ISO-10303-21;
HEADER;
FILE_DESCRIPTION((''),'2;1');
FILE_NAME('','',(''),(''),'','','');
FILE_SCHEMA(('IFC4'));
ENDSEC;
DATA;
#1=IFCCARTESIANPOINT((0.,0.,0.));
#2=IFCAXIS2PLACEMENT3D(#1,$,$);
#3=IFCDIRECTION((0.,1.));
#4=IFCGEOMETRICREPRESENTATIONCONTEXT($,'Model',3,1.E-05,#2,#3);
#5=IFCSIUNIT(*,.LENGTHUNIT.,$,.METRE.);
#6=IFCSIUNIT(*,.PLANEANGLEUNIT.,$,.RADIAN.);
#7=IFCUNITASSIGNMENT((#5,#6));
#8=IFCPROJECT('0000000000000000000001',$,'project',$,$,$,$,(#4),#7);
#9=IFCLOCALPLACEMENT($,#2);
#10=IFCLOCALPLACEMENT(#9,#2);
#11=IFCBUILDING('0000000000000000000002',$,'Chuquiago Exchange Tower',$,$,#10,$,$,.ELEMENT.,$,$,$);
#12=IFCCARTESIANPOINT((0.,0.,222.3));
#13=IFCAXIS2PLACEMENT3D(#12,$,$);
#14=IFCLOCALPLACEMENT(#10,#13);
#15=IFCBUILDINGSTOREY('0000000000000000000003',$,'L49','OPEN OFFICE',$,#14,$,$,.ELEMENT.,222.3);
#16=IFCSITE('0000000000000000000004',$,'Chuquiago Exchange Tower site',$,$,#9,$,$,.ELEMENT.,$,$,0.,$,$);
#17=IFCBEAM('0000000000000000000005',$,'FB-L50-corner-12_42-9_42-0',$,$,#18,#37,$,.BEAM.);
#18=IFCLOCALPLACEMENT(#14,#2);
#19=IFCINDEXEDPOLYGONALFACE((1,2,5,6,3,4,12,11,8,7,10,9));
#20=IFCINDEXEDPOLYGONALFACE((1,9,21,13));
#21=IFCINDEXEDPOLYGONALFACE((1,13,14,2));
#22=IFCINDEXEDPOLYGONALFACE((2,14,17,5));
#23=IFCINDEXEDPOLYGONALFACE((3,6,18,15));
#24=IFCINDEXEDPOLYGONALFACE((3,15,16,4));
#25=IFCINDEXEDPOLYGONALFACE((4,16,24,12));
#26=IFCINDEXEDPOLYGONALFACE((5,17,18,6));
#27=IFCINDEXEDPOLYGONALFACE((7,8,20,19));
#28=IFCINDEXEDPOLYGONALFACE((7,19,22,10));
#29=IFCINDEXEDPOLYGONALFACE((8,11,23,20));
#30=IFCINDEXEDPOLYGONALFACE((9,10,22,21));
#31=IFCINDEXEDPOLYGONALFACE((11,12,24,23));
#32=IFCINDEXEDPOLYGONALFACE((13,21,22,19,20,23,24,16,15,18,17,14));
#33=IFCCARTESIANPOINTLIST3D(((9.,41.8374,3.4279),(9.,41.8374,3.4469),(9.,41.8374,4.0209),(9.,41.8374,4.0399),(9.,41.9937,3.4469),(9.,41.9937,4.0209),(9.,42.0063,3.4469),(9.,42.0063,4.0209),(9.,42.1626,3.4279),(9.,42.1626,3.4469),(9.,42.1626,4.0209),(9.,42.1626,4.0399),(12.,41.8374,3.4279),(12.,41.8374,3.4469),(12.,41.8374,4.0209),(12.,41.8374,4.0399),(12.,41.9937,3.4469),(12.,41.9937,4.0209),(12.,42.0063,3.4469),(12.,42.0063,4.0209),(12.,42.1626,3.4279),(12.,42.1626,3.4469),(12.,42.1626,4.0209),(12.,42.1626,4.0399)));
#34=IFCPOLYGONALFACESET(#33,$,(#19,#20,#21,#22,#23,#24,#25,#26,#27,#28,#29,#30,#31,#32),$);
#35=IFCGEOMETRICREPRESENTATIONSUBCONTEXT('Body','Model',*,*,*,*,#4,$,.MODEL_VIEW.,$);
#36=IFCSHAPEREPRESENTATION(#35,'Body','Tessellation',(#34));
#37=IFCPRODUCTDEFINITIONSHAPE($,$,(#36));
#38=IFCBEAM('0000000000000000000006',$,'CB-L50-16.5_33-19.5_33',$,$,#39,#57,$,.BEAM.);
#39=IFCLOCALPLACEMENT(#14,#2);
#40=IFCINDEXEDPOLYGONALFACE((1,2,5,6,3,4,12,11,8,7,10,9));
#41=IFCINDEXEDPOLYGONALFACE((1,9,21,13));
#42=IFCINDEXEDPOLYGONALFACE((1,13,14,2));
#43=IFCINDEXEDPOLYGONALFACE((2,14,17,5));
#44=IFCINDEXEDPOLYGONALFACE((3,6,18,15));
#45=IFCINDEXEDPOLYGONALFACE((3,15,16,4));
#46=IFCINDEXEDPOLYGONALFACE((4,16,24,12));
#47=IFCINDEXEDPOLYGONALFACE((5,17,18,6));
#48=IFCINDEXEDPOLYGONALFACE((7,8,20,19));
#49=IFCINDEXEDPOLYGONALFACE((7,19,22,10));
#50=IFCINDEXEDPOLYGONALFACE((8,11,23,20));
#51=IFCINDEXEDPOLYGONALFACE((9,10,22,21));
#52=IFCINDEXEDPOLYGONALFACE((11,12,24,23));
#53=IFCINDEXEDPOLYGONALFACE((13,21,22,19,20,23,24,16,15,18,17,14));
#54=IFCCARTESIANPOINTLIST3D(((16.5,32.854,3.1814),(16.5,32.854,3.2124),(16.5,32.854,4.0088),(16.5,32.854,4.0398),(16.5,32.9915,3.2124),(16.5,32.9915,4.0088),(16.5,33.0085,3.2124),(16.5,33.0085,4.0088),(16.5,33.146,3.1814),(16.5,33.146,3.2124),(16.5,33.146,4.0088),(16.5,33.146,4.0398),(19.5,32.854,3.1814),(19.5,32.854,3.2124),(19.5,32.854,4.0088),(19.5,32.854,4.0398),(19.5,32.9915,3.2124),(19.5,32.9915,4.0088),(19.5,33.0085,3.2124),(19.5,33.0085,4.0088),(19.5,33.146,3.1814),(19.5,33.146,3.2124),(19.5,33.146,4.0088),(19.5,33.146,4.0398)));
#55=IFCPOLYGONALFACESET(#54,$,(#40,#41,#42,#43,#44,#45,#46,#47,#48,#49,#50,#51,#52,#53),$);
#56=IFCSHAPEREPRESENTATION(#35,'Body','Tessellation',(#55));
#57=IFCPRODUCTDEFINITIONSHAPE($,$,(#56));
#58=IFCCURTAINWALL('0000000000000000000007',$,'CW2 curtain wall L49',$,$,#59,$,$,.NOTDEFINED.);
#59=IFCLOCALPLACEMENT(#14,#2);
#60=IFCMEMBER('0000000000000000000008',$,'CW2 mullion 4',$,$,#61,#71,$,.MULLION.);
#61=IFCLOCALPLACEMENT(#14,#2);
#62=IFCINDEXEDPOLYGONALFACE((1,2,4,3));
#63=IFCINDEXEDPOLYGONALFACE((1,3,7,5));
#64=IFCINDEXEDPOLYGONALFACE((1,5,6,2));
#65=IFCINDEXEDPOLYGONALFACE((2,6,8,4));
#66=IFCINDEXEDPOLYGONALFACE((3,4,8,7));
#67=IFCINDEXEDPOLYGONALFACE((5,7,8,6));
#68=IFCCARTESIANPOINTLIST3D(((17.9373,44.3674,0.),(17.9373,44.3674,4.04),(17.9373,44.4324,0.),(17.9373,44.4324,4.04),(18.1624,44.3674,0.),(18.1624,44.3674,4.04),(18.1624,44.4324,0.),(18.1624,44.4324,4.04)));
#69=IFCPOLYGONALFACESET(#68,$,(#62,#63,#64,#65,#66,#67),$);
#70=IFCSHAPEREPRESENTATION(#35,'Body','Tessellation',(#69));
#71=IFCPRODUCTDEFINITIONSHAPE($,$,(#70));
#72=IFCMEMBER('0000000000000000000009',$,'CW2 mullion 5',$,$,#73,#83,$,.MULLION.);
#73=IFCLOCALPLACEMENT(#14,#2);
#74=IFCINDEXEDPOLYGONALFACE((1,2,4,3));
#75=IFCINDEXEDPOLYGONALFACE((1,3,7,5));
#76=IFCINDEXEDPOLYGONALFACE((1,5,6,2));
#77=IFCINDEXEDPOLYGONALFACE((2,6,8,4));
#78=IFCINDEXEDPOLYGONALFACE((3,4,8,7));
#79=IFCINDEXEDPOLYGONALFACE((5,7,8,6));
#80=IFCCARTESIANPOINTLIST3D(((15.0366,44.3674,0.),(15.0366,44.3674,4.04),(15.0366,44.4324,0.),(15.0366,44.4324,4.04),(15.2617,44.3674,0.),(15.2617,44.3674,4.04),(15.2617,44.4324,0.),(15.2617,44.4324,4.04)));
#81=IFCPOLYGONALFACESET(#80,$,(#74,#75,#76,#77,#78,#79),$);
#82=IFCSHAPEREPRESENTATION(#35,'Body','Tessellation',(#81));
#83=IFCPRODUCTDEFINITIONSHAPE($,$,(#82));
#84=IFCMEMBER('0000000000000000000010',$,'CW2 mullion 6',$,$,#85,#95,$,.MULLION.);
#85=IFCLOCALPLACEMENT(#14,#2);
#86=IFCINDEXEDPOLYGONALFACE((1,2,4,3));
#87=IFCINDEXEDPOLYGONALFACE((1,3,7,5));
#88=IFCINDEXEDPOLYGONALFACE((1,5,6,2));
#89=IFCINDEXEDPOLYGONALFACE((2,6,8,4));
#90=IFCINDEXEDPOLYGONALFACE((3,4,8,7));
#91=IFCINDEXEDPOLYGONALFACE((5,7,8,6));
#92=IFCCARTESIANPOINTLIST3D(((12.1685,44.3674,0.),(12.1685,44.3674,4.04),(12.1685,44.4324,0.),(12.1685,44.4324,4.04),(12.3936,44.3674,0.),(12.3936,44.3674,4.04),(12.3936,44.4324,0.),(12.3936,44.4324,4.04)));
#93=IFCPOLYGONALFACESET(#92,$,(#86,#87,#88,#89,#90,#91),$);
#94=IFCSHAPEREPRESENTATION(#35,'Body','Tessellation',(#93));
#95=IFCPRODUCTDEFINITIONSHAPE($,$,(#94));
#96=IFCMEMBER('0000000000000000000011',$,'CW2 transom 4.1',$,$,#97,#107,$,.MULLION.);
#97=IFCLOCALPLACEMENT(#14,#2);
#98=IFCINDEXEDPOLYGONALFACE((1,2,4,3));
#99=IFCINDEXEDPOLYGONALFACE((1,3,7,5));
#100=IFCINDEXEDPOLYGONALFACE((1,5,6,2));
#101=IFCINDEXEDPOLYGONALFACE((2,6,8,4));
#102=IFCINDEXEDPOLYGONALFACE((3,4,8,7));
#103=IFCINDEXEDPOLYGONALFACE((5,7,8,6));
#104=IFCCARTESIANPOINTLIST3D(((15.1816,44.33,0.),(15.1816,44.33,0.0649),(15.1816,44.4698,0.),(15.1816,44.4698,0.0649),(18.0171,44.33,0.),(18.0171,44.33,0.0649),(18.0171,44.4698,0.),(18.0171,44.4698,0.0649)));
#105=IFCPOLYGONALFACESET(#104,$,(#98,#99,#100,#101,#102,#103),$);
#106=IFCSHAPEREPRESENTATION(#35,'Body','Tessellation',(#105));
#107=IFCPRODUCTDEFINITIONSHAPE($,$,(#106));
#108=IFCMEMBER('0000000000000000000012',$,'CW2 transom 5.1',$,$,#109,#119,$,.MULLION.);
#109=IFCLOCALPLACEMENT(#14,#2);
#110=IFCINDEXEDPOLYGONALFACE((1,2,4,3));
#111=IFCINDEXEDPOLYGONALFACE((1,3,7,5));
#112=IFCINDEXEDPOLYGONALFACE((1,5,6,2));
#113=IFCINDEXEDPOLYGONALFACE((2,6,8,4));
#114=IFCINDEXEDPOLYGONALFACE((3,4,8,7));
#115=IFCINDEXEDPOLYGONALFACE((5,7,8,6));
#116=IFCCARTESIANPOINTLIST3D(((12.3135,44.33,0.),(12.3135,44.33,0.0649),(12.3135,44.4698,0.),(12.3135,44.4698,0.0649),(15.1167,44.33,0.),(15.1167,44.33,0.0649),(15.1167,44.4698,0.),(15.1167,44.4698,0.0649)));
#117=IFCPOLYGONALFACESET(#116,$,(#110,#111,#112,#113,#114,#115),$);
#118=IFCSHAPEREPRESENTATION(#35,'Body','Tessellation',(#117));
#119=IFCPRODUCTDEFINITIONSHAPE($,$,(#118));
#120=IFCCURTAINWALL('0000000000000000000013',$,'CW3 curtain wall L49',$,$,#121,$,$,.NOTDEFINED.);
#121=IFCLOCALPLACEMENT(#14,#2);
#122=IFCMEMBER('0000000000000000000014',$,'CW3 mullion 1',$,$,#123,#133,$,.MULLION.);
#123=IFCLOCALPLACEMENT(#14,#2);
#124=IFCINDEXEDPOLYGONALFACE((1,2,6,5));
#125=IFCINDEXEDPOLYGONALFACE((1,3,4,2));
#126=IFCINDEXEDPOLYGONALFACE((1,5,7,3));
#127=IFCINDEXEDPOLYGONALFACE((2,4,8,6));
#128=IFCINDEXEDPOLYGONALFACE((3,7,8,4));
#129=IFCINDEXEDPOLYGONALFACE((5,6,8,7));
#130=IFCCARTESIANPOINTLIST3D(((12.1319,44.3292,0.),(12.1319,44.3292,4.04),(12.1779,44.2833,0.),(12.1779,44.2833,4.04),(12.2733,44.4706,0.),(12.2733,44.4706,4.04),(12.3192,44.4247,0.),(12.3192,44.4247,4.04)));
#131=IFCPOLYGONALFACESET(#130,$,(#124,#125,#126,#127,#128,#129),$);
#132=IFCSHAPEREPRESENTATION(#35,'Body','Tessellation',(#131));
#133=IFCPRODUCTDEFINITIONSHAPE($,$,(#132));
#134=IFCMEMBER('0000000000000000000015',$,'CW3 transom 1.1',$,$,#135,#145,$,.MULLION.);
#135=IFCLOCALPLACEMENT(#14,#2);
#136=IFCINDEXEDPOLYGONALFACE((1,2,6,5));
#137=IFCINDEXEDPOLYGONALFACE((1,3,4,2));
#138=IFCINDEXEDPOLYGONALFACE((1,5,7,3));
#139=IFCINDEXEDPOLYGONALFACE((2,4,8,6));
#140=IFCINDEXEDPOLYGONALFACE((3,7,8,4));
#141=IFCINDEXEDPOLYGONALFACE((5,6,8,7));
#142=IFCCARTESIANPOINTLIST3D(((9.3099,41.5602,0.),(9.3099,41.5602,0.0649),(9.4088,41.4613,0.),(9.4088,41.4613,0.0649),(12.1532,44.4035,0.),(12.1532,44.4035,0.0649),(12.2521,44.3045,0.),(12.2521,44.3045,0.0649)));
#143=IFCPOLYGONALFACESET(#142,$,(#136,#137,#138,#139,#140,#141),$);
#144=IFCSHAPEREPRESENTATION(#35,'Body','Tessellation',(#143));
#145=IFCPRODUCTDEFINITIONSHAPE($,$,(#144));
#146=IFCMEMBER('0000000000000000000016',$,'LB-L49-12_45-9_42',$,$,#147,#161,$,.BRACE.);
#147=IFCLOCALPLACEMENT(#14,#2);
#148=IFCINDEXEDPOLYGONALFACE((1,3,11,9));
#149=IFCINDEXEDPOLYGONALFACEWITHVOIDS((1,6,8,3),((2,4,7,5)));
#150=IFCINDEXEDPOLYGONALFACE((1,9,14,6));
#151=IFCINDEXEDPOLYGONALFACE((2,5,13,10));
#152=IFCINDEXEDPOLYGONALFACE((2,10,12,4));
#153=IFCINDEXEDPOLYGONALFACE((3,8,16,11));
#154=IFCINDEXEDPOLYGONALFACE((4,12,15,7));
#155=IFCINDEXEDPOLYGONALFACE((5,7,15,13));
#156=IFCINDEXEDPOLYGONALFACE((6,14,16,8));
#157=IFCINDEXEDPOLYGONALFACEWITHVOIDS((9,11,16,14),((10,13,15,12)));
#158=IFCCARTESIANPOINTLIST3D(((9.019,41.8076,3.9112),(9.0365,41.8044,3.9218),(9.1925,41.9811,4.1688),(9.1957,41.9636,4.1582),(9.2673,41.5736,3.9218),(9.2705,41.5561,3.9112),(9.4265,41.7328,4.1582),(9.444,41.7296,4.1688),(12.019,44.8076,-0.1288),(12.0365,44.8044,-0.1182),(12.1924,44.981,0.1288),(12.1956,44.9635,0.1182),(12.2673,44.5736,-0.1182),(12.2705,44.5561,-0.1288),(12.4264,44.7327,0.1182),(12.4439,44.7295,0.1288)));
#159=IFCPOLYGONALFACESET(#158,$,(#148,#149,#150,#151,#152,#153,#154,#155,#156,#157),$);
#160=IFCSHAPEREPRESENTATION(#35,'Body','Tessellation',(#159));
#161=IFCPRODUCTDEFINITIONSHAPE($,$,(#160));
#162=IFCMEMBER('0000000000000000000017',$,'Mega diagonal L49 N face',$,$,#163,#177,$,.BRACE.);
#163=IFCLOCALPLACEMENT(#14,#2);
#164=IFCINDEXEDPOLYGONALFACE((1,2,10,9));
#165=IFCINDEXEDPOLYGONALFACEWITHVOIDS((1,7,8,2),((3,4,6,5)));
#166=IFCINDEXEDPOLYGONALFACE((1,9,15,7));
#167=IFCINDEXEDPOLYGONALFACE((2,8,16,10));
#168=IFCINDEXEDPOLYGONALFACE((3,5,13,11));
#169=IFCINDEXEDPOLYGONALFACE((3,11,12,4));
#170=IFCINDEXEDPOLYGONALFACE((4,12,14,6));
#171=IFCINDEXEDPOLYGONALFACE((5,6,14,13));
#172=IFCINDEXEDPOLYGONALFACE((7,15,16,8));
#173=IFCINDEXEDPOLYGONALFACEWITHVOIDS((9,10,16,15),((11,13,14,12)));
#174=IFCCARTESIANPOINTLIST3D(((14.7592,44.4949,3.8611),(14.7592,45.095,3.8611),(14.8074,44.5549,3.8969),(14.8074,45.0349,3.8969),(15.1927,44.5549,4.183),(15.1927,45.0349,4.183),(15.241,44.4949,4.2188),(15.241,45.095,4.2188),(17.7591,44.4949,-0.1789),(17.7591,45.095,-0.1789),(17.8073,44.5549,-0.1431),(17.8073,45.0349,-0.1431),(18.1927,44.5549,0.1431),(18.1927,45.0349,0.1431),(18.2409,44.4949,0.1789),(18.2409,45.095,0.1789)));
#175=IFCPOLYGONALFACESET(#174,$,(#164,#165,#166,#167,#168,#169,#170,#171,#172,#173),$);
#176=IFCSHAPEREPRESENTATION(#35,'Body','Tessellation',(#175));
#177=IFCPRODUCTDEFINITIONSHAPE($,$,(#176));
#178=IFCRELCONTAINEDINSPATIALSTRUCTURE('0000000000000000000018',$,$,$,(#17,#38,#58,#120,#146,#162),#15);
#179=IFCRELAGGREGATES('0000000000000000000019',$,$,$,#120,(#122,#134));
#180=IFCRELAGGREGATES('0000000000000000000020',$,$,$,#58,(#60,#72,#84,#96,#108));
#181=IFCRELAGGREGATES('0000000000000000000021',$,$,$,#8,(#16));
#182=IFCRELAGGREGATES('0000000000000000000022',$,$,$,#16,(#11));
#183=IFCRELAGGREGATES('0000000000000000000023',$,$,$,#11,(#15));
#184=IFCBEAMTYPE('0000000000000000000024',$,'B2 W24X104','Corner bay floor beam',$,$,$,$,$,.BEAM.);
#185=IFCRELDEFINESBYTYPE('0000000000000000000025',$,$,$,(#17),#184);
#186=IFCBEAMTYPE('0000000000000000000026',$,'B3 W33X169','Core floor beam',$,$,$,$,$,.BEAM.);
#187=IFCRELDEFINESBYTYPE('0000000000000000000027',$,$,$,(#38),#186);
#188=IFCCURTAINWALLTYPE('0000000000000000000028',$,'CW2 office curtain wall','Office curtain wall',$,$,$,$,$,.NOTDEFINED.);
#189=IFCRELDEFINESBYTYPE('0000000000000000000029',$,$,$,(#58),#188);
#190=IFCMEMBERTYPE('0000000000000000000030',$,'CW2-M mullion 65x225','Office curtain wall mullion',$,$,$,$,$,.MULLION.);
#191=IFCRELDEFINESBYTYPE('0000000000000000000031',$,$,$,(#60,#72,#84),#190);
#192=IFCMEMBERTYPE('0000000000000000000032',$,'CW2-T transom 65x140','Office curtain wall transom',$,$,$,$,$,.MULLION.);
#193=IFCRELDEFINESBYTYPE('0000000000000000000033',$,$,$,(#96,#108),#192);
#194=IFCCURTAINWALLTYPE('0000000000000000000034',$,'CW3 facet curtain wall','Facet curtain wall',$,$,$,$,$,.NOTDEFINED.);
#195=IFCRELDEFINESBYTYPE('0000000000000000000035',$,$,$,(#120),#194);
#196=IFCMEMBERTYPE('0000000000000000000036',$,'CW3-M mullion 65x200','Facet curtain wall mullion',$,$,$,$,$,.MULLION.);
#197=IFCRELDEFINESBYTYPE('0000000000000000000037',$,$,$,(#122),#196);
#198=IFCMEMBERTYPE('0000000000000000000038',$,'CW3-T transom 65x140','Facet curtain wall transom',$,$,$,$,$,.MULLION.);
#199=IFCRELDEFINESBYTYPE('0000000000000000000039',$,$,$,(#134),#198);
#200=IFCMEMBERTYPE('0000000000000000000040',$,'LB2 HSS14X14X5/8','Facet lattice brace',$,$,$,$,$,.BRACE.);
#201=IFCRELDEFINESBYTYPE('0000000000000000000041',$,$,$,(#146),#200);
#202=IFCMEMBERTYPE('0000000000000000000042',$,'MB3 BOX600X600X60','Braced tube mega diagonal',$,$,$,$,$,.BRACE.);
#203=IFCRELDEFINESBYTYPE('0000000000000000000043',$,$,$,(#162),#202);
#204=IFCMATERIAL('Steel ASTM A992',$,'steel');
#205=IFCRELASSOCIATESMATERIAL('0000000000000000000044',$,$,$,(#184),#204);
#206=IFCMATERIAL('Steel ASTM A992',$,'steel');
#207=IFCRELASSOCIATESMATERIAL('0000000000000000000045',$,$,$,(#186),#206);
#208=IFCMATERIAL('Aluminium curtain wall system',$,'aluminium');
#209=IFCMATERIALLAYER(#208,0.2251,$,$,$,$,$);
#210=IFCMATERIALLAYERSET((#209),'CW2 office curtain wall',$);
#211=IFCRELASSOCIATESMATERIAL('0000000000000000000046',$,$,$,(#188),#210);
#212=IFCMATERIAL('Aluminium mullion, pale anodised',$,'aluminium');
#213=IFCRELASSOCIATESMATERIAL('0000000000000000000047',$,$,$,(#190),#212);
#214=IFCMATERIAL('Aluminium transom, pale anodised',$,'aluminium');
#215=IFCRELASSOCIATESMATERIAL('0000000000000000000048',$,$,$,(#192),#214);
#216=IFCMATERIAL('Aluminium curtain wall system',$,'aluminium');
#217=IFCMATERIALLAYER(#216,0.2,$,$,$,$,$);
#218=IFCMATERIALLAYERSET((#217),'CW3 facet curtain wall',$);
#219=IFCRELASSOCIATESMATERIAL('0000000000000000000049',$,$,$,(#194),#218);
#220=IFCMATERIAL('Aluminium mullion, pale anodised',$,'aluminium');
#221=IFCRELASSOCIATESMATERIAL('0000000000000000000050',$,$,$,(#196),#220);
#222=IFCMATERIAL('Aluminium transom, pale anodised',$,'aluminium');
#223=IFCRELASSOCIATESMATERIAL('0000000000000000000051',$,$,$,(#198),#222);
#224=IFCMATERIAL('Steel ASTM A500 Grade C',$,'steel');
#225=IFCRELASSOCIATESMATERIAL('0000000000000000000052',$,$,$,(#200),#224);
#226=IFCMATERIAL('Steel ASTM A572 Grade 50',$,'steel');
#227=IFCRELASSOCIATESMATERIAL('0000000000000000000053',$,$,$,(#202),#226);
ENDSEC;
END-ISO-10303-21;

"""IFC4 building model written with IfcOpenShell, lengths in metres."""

from ifc_helpers import new_model, si_unit, direction, frame, origin, origin_2d, place, context, subcontext, project, spatial, rectangle, hollow_rectangle, i_section, extrude, material, layer, layer_set, material_profile, profile_set, type_object, element, aggregate, save


model = new_model("IFC4")

# Units and contexts
model_context = context("Model", 3, precision=1e-05, world=origin(), true_north=direction((0.0, 1.0)))
body_context = subcontext(model_context, "Body", "Model", "MODEL_VIEW")
ifc_project = project(units=[si_unit("LENGTHUNIT", "METRE"), si_unit("PLANEANGLEUNIT", "RADIAN")], contexts=[model_context])

# Site, building, storey
site_placement = place(None, origin())
site = spatial("IfcSite", under=ifc_project, at=site_placement, Name="Chuquiago Exchange Tower site", CompositionType="ELEMENT", RefElevation=0.0)
building_placement = place(site_placement, origin())
building = spatial("IfcBuilding", under=site, at=building_placement, Name="Chuquiago Exchange Tower", CompositionType="ELEMENT")
storey_placement = place(building_placement, frame((0.0, 0.0, 222.3)))
storey = spatial("IfcBuildingStorey", under=building, at=storey_placement, Name="L49", Description="OPEN OFFICE", CompositionType="ELEMENT", Elevation=222.3)

# Beams
ifc_material_1 = material(Name="Steel ASTM A992", Category="steel")
ifc_material_profile_1 = material_profile(ifc_material_1, i_section(OverallWidth=0.3252, OverallDepth=0.6121, WebThickness=0.0127, FlangeThickness=0.019, at=origin_2d()), Name="W24X104")
ifc_profile_set_1 = profile_set([ifc_material_profile_1], Name="Steel ASTM A992")
beam_type_1 = type_object("IfcBeamType", Name="B2 W24X104", Description="Corner bay floor beam", PredefinedType="BEAM", material=ifc_profile_set_1)
beam_1_placement = place(storey_placement, frame((12.0, 42.0, 3.7339), z_axis=(-1.0, 0.0, 0.0), x_axis=(0.0, -1.0, 0.0)))
element("IfcBeam", 1, at=beam_1_placement, inside=storey, type_object=beam_type_1, Name="FB-L50-corner-12_42-9_42-0", PredefinedType="BEAM", context=body_context, shape_type="SweptSolid", body=[
    extrude(i_section(OverallWidth=0.3252, OverallDepth=0.6121, WebThickness=0.0127, FlangeThickness=0.019, at=origin_2d()), origin(), (0.0, 0.0, 1.0), 3.0),
])
ifc_material_2 = material(Name="Steel ASTM A992", Category="steel")
ifc_material_profile_2 = material_profile(ifc_material_2, i_section(OverallWidth=0.292, OverallDepth=0.8584, WebThickness=0.0171, FlangeThickness=0.031, at=origin_2d()), Name="W33X169")
ifc_profile_set_2 = profile_set([ifc_material_profile_2], Name="Steel ASTM A992")
beam_type_2 = type_object("IfcBeamType", Name="B3 W33X169", Description="Core floor beam", PredefinedType="BEAM", material=ifc_profile_set_2)
beam_2_placement = place(storey_placement, frame((16.5, 33.0, 3.6106), z_axis=(1.0, 0.0, 0.0), x_axis=(0.0, 1.0, 0.0)))
element("IfcBeam", 2, at=beam_2_placement, inside=storey, type_object=beam_type_2, Name="CB-L50-16.5_33-19.5_33", PredefinedType="BEAM", context=body_context, shape_type="SweptSolid", body=[
    extrude(i_section(OverallWidth=0.292, OverallDepth=0.8584, WebThickness=0.0171, FlangeThickness=0.031, at=origin_2d()), origin(), (0.0, 0.0, 1.0), 3.0),
])

# Curtain walls, members
ifc_material_3 = material(Name="Aluminium curtain wall system", Category="aluminium")
ifc_layer_1 = layer(ifc_material_3, 0.2251)
ifc_layer_set_1 = layer_set([ifc_layer_1], Name="CW2 office curtain wall")
curtain_wall_type_1 = type_object("IfcCurtainWallType", Name="CW2 office curtain wall", Description="Office curtain wall", PredefinedType="NOTDEFINED", material=ifc_layer_set_1)
curtain_wall_1_placement = place(storey_placement, origin())
curtain_wall_1 = element("IfcCurtainWall", 3, at=curtain_wall_1_placement, inside=storey, type_object=curtain_wall_type_1, Name="CW2 curtain wall L49", PredefinedType="NOTDEFINED")
ifc_material_4 = material(Name="Aluminium mullion, pale anodised", Category="aluminium")
ifc_material_profile_3 = material_profile(ifc_material_4, rectangle(XDim=0.0649, YDim=0.2251, at=origin_2d()), Name="AL 65x225")
ifc_profile_set_3 = profile_set([ifc_material_profile_3], Name="Aluminium mullion, pale anodised")
member_type_1 = type_object("IfcMemberType", Name="CW2-M mullion 65x225", Description="Office curtain wall mullion", PredefinedType="MULLION", material=ifc_profile_set_3)
member_1_placement = place(storey_placement, frame((18.0498, 44.3999, 0.0), z_axis=(0.0, 0.0, 1.0), x_axis=(0.0, -1.0, 0.0)))
member_1 = element("IfcMember", 4, at=member_1_placement, type_object=member_type_1, Name="CW2 mullion 4", PredefinedType="MULLION", context=body_context, shape_type="SweptSolid", body=[
    extrude(rectangle(XDim=0.0649, YDim=0.2251, at=origin_2d()), origin(), (0.0, 0.0, 1.0), 4.04),
])
member_2_placement = place(storey_placement, frame((15.1492, 44.3999, 0.0), z_axis=(0.0, 0.0, 1.0), x_axis=(0.0, -1.0, 0.0)))
member_2 = element("IfcMember", 5, at=member_2_placement, type_object=member_type_1, Name="CW2 mullion 5", PredefinedType="MULLION", context=body_context, shape_type="SweptSolid", body=[
    extrude(rectangle(XDim=0.0649, YDim=0.2251, at=origin_2d()), origin(), (0.0, 0.0, 1.0), 4.04),
])
member_3_placement = place(storey_placement, frame((12.281, 44.3999, 0.0), z_axis=(0.0, 0.0, 1.0), x_axis=(0.0, -1.0, 0.0)))
member_3 = element("IfcMember", 6, at=member_3_placement, type_object=member_type_1, Name="CW2 mullion 6", PredefinedType="MULLION", context=body_context, shape_type="SweptSolid", body=[
    extrude(rectangle(XDim=0.0649, YDim=0.2251, at=origin_2d()), origin(), (0.0, 0.0, 1.0), 4.04),
])
ifc_material_5 = material(Name="Aluminium transom, pale anodised", Category="aluminium")
ifc_material_profile_4 = material_profile(ifc_material_5, rectangle(XDim=0.1399, YDim=0.0649, at=origin_2d()), Name="AL 140x65")
ifc_profile_set_4 = profile_set([ifc_material_profile_4], Name="Aluminium transom, pale anodised")
member_type_2 = type_object("IfcMemberType", Name="CW2-T transom 65x140", Description="Office curtain wall transom", PredefinedType="MULLION", material=ifc_profile_set_4)
member_4_placement = place(storey_placement, frame((18.0171, 44.3999, 0.0325), z_axis=(-1.0, 0.0, 0.0), x_axis=(0.0, -1.0, 0.0)))
member_4 = element("IfcMember", 7, at=member_4_placement, type_object=member_type_2, Name="CW2 transom 4.1", PredefinedType="MULLION", context=body_context, shape_type="SweptSolid", body=[
    extrude(rectangle(XDim=0.1399, YDim=0.0649, at=origin_2d()), origin(), (0.0, 0.0, 1.0), 2.8354),
])
member_5_placement = place(storey_placement, frame((15.1167, 44.3999, 0.0325), z_axis=(-1.0, 0.0, 0.0), x_axis=(0.0, -1.0, 0.0)))
member_5 = element("IfcMember", 8, at=member_5_placement, type_object=member_type_2, Name="CW2 transom 5.1", PredefinedType="MULLION", context=body_context, shape_type="SweptSolid", body=[
    extrude(rectangle(XDim=0.1399, YDim=0.0649, at=origin_2d()), origin(), (0.0, 0.0, 1.0), 2.8032),
])
ifc_material_6 = material(Name="Aluminium curtain wall system", Category="aluminium")
ifc_layer_2 = layer(ifc_material_6, 0.2)
ifc_layer_set_2 = layer_set([ifc_layer_2], Name="CW3 facet curtain wall")
curtain_wall_type_2 = type_object("IfcCurtainWallType", Name="CW3 facet curtain wall", Description="Facet curtain wall", PredefinedType="NOTDEFINED", material=ifc_layer_set_2)
curtain_wall_2_placement = place(storey_placement, origin())
curtain_wall_2 = element("IfcCurtainWall", 9, at=curtain_wall_2_placement, inside=storey, type_object=curtain_wall_type_2, Name="CW3 curtain wall L49", PredefinedType="NOTDEFINED")
ifc_material_7 = material(Name="Aluminium mullion, pale anodised", Category="aluminium")
ifc_material_profile_5 = material_profile(ifc_material_7, rectangle(XDim=0.0649, YDim=0.2, at=origin_2d()), Name="AL 65x200")
ifc_profile_set_5 = profile_set([ifc_material_profile_5], Name="Aluminium mullion, pale anodised")
member_type_3 = type_object("IfcMemberType", Name="CW3-M mullion 65x200", Description="Facet curtain wall mullion", PredefinedType="MULLION", material=ifc_profile_set_5)
member_6_placement = place(storey_placement, frame((12.2256, 44.377, 0.0), z_axis=(0.0, 0.0, 1.0), x_axis=(0.707107, -0.707107, 0.0)))
member_6 = element("IfcMember", 10, at=member_6_placement, type_object=member_type_3, Name="CW3 mullion 1", PredefinedType="MULLION", context=body_context, shape_type="SweptSolid", body=[
    extrude(rectangle(XDim=0.0649, YDim=0.2, at=origin_2d()), origin(), (0.0, 0.0, 1.0), 4.04),
])
ifc_material_8 = material(Name="Aluminium transom, pale anodised", Category="aluminium")
ifc_material_profile_6 = material_profile(ifc_material_8, rectangle(XDim=0.1399, YDim=0.0649, at=origin_2d()), Name="AL 140x65")
ifc_profile_set_6 = profile_set([ifc_material_profile_6], Name="Aluminium transom, pale anodised")
member_type_4 = type_object("IfcMemberType", Name="CW3-T transom 65x140", Description="Facet curtain wall transom", PredefinedType="MULLION", material=ifc_profile_set_6)
member_7_placement = place(storey_placement, frame((12.2026, 44.354, 0.0325), z_axis=(-0.707107, -0.707107, 0.0), x_axis=(0.707107, -0.707107, 0.0)))
member_7 = element("IfcMember", 11, at=member_7_placement, type_object=member_type_4, Name="CW3 transom 1.1", PredefinedType="MULLION", context=body_context, shape_type="SweptSolid", body=[
    extrude(rectangle(XDim=0.1399, YDim=0.0649, at=origin_2d()), origin(), (0.0, 0.0, 1.0), 4.021),
])
aggregate(curtain_wall_2, [member_6, member_7])

# Members
ifc_material_9 = material(Name="Steel ASTM A500 Grade C", Category="steel")
ifc_material_profile_7 = material_profile(ifc_material_9, hollow_rectangle(XDim=0.3557, YDim=0.3557, WallThickness=0.0146, at=origin_2d()), Name="HSS14X14X5/8")
ifc_profile_set_7 = profile_set([ifc_material_profile_7], Name="Steel ASTM A500 Grade C")
member_type_5 = type_object("IfcMemberType", Name="LB2 HSS14X14X5/8", Description="Facet lattice brace", PredefinedType="BRACE", material=ifc_profile_set_7)
member_8_placement = place(storey_placement, frame((12.2314, 44.7686, 0.0), z_axis=(-0.512077, -0.512077, 0.689604), x_axis=(0.707107, -0.707107, 0.0)))
element("IfcMember", 12, at=member_8_placement, inside=storey, type_object=member_type_5, Name="LB-L49-12_45-9_42", PredefinedType="BRACE", context=body_context, shape_type="SweptSolid", body=[
    extrude(hollow_rectangle(XDim=0.3557, YDim=0.3557, WallThickness=0.0146, at=origin_2d()), origin(), (0.0, 0.0, 1.0), 5.8584),
])
ifc_material_10 = material(Name="Steel ASTM A572 Grade 50", Category="steel")
ifc_material_profile_8 = material_profile(ifc_material_10, hollow_rectangle(XDim=0.6001, YDim=0.6001, WallThickness=0.0601, at=origin_2d()), Name="BOX600X600X60")
ifc_profile_set_8 = profile_set([ifc_material_profile_8], Name="Steel ASTM A572 Grade 50")
member_type_6 = type_object("IfcMemberType", Name="MB3 BOX600X600X60", Description="Braced tube mega diagonal", PredefinedType="BRACE", material=ifc_profile_set_8)
for number, where, z_axis, x_axis, name in (
    (13, (18.0, 44.7949, 0.0), (-0.596174, 0.0, 0.802855), (0.0, -1.0, 0.0), "Mega diagonal L49 N face"),
):
    element("IfcMember", number, at=place(storey_placement, frame(where, z_axis=z_axis, x_axis=x_axis)), inside=storey, type_object=member_type_6, Name=name, PredefinedType="BRACE", context=body_context, shape_type="SweptSolid", body=[
        extrude(hollow_rectangle(XDim=0.6001, YDim=0.6001, WallThickness=0.0601, at=origin_2d()), origin(), (0.0, 0.0, 1.0), 5.032),
    ])

aggregate(curtain_wall_1, [member_1, member_2, member_3, member_4, member_5])

save(model, "model.ifc")
